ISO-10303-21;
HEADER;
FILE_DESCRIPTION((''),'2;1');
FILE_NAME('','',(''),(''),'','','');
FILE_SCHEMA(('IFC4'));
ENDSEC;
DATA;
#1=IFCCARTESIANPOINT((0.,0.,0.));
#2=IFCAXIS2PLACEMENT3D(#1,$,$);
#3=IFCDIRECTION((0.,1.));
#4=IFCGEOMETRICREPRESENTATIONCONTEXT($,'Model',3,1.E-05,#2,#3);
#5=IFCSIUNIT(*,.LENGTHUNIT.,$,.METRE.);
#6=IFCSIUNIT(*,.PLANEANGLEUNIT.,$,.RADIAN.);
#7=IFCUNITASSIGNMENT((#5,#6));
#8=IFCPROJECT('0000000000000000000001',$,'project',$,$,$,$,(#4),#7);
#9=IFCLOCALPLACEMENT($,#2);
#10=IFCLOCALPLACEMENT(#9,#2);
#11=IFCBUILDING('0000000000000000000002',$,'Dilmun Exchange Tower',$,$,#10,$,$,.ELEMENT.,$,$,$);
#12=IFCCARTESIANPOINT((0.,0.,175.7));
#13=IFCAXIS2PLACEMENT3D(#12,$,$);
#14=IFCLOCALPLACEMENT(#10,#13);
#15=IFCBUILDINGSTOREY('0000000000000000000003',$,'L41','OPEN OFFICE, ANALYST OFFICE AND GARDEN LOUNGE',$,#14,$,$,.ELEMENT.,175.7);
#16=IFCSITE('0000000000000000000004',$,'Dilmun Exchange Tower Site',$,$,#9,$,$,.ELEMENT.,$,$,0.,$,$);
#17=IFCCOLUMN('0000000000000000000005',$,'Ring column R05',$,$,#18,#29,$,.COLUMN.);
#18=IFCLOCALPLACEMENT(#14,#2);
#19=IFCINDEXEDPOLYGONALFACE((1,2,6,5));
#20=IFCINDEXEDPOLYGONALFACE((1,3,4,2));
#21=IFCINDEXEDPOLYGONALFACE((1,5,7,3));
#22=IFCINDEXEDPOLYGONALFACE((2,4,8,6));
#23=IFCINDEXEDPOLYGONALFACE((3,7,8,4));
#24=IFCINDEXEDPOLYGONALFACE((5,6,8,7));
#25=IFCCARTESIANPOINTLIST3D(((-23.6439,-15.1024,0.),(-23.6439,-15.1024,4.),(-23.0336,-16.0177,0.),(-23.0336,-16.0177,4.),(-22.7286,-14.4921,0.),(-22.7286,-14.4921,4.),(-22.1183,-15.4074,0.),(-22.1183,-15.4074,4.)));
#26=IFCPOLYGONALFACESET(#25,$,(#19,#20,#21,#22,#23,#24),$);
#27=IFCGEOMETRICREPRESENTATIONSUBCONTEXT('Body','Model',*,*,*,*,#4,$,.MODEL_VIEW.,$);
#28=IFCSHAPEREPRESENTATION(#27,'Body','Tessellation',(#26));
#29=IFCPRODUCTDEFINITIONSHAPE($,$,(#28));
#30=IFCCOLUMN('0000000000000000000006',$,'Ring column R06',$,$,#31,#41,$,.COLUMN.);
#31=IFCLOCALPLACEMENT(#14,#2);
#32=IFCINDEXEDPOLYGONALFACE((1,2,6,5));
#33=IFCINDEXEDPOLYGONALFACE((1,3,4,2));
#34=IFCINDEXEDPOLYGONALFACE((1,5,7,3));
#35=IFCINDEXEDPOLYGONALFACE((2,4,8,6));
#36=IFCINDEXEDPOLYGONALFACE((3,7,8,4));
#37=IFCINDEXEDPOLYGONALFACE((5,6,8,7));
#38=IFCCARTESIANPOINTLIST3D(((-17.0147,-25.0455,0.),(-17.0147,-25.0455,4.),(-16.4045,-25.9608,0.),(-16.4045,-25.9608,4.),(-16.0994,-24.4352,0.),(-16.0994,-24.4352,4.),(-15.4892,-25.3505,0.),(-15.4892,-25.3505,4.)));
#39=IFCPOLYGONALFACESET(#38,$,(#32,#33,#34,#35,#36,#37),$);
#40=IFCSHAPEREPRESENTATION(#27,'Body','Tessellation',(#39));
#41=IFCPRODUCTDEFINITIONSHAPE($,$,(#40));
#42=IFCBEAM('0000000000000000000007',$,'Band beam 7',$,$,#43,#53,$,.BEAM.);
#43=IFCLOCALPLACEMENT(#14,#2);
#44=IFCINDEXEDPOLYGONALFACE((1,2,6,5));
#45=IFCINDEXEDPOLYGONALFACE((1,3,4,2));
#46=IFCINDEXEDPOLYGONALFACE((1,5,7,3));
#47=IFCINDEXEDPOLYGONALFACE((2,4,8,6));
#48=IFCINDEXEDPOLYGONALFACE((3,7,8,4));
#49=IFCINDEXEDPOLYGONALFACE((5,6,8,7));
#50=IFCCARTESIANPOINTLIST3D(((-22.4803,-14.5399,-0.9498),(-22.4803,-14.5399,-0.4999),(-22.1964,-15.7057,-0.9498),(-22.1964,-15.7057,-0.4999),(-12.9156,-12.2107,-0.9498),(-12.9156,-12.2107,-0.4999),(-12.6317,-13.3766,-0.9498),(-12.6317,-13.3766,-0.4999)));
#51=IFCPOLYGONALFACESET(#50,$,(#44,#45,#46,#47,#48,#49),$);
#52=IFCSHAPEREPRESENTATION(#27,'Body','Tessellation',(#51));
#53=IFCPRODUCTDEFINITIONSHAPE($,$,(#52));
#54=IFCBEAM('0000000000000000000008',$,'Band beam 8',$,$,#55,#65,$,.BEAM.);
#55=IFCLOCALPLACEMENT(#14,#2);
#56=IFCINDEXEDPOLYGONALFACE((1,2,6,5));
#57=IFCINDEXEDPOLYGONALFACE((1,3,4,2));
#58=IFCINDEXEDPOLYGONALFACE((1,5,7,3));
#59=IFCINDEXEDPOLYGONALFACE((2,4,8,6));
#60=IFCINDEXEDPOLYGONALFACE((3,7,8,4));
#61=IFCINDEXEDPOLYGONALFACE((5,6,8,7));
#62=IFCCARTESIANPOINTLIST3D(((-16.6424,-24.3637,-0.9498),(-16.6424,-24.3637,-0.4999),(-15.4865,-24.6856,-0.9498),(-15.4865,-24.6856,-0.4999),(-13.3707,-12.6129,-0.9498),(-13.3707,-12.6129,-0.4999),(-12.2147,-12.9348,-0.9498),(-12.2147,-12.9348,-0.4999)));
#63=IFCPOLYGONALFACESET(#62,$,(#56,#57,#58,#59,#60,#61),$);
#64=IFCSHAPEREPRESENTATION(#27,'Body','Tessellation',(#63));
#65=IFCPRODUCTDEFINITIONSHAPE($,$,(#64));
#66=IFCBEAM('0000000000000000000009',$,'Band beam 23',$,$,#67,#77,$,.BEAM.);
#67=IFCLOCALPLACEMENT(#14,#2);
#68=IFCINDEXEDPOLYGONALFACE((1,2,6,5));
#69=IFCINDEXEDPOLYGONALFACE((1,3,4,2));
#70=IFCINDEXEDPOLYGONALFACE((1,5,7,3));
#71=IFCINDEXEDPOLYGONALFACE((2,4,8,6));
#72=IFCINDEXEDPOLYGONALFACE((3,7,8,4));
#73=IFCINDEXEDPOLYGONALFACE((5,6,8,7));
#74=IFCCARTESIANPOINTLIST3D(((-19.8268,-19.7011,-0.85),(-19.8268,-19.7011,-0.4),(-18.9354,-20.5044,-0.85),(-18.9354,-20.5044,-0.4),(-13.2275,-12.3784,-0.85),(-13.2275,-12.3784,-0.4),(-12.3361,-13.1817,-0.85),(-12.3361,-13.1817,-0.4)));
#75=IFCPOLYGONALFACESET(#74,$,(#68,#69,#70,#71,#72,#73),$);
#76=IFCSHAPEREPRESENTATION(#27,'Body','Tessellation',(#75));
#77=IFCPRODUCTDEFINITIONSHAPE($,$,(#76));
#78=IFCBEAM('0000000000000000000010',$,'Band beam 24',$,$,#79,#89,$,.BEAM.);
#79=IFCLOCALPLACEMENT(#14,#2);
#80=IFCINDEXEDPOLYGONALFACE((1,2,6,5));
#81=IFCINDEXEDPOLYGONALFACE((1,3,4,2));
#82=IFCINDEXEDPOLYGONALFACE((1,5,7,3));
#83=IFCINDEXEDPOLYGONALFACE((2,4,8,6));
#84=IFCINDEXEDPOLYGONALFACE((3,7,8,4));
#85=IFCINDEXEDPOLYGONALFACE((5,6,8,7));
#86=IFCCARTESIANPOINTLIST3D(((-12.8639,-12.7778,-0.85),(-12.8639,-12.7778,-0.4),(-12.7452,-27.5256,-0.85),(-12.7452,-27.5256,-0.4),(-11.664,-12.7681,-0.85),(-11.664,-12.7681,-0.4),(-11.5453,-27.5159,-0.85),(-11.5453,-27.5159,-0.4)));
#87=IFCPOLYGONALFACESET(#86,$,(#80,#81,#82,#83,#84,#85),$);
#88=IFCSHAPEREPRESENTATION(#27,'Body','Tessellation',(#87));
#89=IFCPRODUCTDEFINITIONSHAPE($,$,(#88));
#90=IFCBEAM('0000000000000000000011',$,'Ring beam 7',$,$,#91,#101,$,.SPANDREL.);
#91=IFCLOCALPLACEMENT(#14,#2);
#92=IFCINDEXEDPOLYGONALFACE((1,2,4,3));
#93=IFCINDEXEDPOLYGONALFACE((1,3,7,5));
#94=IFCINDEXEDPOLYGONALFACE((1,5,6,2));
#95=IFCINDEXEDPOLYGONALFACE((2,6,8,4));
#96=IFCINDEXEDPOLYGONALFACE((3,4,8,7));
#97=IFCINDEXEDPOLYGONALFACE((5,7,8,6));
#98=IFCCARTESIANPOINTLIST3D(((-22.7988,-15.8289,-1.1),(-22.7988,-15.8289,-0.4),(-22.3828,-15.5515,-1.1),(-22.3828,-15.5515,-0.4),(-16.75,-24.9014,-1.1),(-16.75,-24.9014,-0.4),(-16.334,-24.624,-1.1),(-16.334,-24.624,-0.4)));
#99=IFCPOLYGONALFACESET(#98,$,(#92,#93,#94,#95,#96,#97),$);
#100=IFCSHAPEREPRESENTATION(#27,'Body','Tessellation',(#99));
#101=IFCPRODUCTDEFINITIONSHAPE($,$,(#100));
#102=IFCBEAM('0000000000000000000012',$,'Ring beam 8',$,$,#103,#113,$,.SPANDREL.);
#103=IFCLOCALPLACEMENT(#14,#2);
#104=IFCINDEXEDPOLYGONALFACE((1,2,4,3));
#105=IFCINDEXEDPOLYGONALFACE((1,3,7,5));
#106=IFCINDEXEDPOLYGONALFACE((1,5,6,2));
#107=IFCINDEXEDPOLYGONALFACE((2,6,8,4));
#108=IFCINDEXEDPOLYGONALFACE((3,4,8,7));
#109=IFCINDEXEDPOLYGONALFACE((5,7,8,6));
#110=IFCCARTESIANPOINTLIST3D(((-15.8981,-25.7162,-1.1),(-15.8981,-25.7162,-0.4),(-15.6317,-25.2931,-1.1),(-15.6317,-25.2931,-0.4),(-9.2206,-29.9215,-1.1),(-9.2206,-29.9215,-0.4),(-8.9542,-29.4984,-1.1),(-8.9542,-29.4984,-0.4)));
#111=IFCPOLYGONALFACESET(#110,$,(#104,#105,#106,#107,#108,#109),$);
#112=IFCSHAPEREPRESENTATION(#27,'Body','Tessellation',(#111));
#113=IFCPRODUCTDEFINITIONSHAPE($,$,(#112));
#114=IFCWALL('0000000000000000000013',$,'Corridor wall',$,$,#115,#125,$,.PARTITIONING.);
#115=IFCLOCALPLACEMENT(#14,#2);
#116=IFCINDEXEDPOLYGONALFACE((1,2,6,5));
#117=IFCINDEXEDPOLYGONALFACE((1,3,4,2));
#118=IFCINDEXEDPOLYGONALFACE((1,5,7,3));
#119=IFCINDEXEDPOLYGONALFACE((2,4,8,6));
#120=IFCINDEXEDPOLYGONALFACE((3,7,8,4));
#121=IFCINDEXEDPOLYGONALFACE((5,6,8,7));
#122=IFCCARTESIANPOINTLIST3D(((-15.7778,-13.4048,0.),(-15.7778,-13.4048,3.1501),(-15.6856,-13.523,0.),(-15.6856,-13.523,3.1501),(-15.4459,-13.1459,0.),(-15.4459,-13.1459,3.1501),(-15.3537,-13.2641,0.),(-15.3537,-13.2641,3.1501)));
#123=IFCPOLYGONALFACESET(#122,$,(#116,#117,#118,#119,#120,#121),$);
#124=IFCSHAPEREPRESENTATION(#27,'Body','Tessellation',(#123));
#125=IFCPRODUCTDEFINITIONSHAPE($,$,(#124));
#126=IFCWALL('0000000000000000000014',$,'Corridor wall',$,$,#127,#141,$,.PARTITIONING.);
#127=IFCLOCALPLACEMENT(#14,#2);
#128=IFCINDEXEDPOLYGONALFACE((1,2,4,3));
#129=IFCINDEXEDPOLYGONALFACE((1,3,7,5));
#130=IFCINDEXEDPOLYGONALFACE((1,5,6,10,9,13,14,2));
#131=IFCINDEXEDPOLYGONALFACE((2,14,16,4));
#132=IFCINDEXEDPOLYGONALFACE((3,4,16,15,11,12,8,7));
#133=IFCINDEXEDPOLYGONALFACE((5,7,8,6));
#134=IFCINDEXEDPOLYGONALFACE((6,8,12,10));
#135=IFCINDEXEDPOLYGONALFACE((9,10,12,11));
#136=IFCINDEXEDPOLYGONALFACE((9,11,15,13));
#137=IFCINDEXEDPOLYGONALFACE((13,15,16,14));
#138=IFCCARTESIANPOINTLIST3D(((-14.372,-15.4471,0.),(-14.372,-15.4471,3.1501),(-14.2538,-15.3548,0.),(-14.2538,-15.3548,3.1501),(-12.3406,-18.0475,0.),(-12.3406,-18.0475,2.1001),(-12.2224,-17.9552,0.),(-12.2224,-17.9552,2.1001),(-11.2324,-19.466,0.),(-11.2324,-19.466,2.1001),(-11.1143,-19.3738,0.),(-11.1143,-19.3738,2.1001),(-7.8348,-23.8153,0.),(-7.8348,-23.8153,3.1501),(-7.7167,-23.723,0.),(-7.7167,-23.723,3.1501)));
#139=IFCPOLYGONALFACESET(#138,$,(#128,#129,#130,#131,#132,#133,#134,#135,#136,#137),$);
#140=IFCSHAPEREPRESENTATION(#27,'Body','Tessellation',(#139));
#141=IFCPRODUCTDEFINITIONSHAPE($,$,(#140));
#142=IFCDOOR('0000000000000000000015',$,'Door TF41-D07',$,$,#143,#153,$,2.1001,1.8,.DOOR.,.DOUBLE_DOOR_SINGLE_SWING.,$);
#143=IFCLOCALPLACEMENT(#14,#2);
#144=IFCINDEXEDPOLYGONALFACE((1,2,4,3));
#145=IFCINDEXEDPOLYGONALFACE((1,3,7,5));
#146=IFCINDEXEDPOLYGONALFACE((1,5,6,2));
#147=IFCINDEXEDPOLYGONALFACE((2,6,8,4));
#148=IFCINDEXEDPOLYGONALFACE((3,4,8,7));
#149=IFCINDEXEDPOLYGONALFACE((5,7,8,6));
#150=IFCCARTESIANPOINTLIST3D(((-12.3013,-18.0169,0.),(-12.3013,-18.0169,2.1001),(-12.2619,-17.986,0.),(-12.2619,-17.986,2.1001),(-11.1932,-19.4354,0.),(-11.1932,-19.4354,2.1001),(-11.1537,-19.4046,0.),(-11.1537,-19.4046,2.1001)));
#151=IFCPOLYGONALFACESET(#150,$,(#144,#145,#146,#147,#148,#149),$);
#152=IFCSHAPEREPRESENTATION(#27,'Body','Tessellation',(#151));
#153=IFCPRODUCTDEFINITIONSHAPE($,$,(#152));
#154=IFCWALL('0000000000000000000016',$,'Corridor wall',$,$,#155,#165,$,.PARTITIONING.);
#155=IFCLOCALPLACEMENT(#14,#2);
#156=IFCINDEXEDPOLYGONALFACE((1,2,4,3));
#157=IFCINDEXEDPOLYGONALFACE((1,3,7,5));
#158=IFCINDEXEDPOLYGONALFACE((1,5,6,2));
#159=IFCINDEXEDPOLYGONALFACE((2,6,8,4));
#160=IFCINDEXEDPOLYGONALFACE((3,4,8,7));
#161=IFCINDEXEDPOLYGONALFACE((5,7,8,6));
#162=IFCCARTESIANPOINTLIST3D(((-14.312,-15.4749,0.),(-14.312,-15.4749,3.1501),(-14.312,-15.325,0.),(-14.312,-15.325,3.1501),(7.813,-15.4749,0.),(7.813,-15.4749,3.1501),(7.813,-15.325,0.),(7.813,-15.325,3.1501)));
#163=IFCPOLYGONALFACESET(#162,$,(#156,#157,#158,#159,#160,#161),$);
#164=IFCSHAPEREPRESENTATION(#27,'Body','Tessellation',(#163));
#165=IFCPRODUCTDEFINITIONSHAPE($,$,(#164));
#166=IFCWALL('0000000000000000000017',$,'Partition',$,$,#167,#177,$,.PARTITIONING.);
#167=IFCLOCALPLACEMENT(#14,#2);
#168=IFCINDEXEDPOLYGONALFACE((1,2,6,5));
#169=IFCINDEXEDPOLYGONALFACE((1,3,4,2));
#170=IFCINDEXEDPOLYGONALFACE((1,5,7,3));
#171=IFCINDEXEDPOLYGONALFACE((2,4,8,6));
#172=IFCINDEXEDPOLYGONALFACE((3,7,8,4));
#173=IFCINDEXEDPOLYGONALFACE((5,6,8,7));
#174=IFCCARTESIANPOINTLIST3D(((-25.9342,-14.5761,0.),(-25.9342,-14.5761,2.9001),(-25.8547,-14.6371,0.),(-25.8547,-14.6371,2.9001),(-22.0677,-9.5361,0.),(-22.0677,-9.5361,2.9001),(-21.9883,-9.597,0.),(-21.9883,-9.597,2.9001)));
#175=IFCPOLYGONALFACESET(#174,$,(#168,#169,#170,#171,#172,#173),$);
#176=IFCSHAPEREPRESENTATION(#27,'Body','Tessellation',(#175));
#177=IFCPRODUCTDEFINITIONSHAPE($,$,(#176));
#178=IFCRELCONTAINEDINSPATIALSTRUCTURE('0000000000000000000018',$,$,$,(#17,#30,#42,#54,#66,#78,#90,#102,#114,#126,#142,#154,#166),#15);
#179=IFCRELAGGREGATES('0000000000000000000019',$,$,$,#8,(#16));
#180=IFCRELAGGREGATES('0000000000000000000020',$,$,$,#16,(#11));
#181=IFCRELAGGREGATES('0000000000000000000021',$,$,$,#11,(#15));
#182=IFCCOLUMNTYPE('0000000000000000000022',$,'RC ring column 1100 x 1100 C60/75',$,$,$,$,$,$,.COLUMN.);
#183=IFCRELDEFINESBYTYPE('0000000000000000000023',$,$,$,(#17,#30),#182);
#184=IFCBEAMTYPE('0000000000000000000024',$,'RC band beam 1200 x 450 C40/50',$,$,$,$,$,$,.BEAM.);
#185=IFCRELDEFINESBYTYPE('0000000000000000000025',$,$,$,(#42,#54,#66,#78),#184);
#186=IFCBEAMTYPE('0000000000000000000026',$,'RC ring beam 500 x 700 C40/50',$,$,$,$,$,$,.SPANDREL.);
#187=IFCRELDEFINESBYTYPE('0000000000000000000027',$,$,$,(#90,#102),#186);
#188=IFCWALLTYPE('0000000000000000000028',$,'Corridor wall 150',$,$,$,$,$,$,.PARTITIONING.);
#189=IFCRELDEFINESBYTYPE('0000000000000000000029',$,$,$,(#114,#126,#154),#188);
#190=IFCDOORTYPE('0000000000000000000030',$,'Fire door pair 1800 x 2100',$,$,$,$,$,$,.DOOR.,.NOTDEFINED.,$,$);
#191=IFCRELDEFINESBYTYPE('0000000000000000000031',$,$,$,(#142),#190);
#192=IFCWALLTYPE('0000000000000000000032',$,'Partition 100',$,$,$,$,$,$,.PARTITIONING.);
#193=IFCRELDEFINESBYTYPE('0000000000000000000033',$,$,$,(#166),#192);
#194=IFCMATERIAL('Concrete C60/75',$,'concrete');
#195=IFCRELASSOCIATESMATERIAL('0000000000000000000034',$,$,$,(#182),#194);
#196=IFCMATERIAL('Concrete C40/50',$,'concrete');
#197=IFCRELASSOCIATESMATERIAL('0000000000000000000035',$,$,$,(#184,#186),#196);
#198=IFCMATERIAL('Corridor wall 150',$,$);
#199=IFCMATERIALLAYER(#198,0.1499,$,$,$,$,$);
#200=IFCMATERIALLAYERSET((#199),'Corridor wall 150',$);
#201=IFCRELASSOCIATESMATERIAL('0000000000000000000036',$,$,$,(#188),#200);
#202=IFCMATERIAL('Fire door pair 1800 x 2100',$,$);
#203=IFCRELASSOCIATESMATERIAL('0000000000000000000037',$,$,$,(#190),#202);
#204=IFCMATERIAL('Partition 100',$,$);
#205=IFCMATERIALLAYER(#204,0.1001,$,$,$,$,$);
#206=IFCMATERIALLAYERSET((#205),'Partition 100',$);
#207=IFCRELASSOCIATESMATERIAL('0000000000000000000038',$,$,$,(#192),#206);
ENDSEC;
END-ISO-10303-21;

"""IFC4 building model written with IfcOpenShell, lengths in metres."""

from ifc_helpers import new_model, si_unit, direction, frame, frame_2d, origin, origin_2d, place, context, subcontext, project, spatial, rectangle, extrude, material, layer, layer_set, material_profile, profile_set, type_object, element, fill, save


model = new_model("IFC4")

# Units and contexts
model_context = context("Model", 3, precision=1e-05, world=origin(), true_north=direction((0.0, 1.0)))
body_context = subcontext(model_context, "Body", "Model", "MODEL_VIEW")
ifc_project = project(units=[si_unit("LENGTHUNIT", "METRE"), si_unit("PLANEANGLEUNIT", "RADIAN")], contexts=[model_context])

# Site, building, storey
site_placement = place(None, origin())
site = spatial("IfcSite", under=ifc_project, at=site_placement, Name="Dilmun Exchange Tower Site", CompositionType="ELEMENT", RefElevation=0.0)
building_placement = place(site_placement, origin())
building = spatial("IfcBuilding", under=site, at=building_placement, Name="Dilmun Exchange Tower", CompositionType="ELEMENT")
storey_placement = place(building_placement, frame((0.0, 0.0, 175.7)))
storey = spatial("IfcBuildingStorey", under=building, at=storey_placement, Name="L41", Description="OPEN OFFICE, ANALYST OFFICE AND GARDEN LOUNGE", CompositionType="ELEMENT", Elevation=175.7)

# Columns
ifc_material_1 = material(Name="Concrete C60/75", Category="concrete")
ifc_material_profile_1 = material_profile(ifc_material_1, rectangle(XDim=1.1001, YDim=1.1001, at=origin_2d()), Name="1100 x 1100")
ifc_profile_set_1 = profile_set([ifc_material_profile_1], Name="Concrete C60/75")
column_type = type_object("IfcColumnType", Name="RC ring column 1100 x 1100 C60/75", PredefinedType="COLUMN", material=ifc_profile_set_1)
for number, where, z_axis, x_axis, name in (
    (1, (-22.8811, -15.2549, 0.0), (0.0, 0.0, 1.0), (0.832029, 0.554733, 0.0), "Ring column R05"),
    (2, (-16.252, -25.198, 0.0), (0.0, 0.0, 1.0), (0.832029, 0.554733, 0.0), "Ring column R06"),
):
    element("IfcColumn", number, at=place(storey_placement, frame(where, z_axis=z_axis, x_axis=x_axis)), inside=storey, type_object=column_type, Name=name, PredefinedType="COLUMN", context=body_context, shape_type="SweptSolid", body=[
        extrude(rectangle(XDim=1.1001, YDim=1.1001, at=origin_2d()), origin(), (0.0, 0.0, 1.0), 4.0),
    ])

# Beams
ifc_material_2 = material(Name="Concrete C40/50", Category="concrete")
ifc_material_profile_2 = material_profile(ifc_material_2, rectangle(XDim=1.2, YDim=0.45, at=origin_2d()), Name="1200 x 450")
ifc_profile_set_2 = profile_set([ifc_material_profile_2], Name="Concrete C40/50")
beam_type_1 = type_object("IfcBeamType", Name="RC band beam 1200 x 450 C40/50", PredefinedType="BEAM", material=ifc_profile_set_2)
beam_1_placement = place(storey_placement, frame((-22.3384, -15.1228, -0.7249), z_axis=(0.971608, 0.236596, 0.0), x_axis=(-0.236596, 0.971608, 0.0)))
element("IfcBeam", 3, at=beam_1_placement, inside=storey, type_object=beam_type_1, Name="Band beam 7", PredefinedType="BEAM", context=body_context, shape_type="SweptSolid", body=[
    extrude(rectangle(XDim=1.2, YDim=0.45, at=origin_2d()), origin(), (0.0, 0.0, 1.0), 9.8442),
])
beam_2_placement = place(storey_placement, frame((-16.0645, -24.5247, -0.7249), z_axis=(0.268225, 0.963356, 0.0), x_axis=(-0.963356, 0.268225, 0.0)))
element("IfcBeam", 4, at=beam_2_placement, inside=storey, type_object=beam_type_1, Name="Band beam 8", PredefinedType="BEAM", context=body_context, shape_type="SweptSolid", body=[
    extrude(rectangle(XDim=1.2, YDim=0.45, at=origin_2d()), origin(), (0.0, 0.0, 1.0), 12.1978),
])
beam_3_placement = place(storey_placement, frame((-19.3811, -20.1028, -0.625), z_axis=(0.669463, 0.742846, 0.0), x_axis=(-0.742846, 0.669463, 0.0)))
element("IfcBeam", 5, at=beam_3_placement, inside=storey, type_object=beam_type_1, Name="Band beam 23", PredefinedType="BEAM", context=body_context, shape_type="SweptSolid", body=[
    extrude(rectangle(XDim=1.2, YDim=0.45, at=origin_2d()), origin(), (0.0, 0.0, 1.0), 9.8577),
])
beam_4_placement = place(storey_placement, frame((-12.1453, -27.5208, -0.625), z_axis=(-0.008045, 0.999968, 0.0), x_axis=(-0.999968, -0.008045, 0.0)))
element("IfcBeam", 6, at=beam_4_placement, inside=storey, type_object=beam_type_1, Name="Band beam 24", PredefinedType="BEAM", context=body_context, shape_type="SweptSolid", body=[
    extrude(rectangle(XDim=1.2, YDim=0.45, at=origin_2d()), origin(), (0.0, 0.0, 1.0), 14.7483),
])
ifc_material_profile_3 = material_profile(ifc_material_2, rectangle(XDim=0.5, YDim=0.7, at=origin_2d()), Name="500 x 700")
ifc_profile_set_3 = profile_set([ifc_material_profile_3], Name="Concrete C40/50")
beam_type_2 = type_object("IfcBeamType", Name="RC ring beam 500 x 700 C40/50", PredefinedType="SPANDREL", material=ifc_profile_set_3)
beam_5_placement = place(storey_placement, frame((-22.5908, -15.6902, -0.75), z_axis=(0.554731, -0.83203, 0.0), x_axis=(0.83203, 0.554731, 0.0)))
element("IfcBeam", 7, at=beam_5_placement, inside=storey, type_object=beam_type_2, Name="Ring beam 7", PredefinedType="SPANDREL", context=body_context, shape_type="SweptSolid", body=[
    extrude(rectangle(XDim=0.5, YDim=0.7, at=origin_2d()), origin(), (0.0, 0.0, 1.0), 10.9041),
])
beam_6_placement = place(storey_placement, frame((-15.7649, -25.5046, -0.75), z_axis=(0.846177, -0.532902, 0.0), x_axis=(0.532902, 0.846177, 0.0)))
element("IfcBeam", 8, at=beam_6_placement, inside=storey, type_object=beam_type_2, Name="Ring beam 8", PredefinedType="SPANDREL", context=body_context, shape_type="SweptSolid", body=[
    extrude(rectangle(XDim=0.5, YDim=0.7, at=origin_2d()), origin(), (0.0, 0.0, 1.0), 7.8914),
])

# Wall
ifc_material_3 = material(Name="Corridor wall 150")
ifc_layer_1 = layer(ifc_material_3, 0.1499)
ifc_layer_set_1 = layer_set([ifc_layer_1], Name="Corridor wall 150")
wall_type_1 = type_object("IfcWallType", Name="Corridor wall 150", PredefinedType="PARTITIONING", material=ifc_layer_set_1)
wall_1_placement = place(storey_placement, frame((-15.7317, -13.4639, 0.0), z_axis=(0.0, 0.0, 1.0), x_axis=(0.788508, 0.615025, 0.0)))
element("IfcWall", 9, at=wall_1_placement, inside=storey, type_object=wall_type_1, Name="Corridor wall", PredefinedType="PARTITIONING", context=body_context, shape_type="SweptSolid", body=[
    extrude(rectangle(XDim=0.4209, YDim=0.1499, at=frame_2d((0.2104, 0.0))), origin(), (0.0, 0.0, 1.0), 3.1501),
])

# Wall, opening, door
wall_2_placement = place(storey_placement, frame((-14.313, -15.4009, 0.0), z_axis=(0.0, 0.0, 1.0), x_axis=(0.615614, -0.788048, 0.0)))
wall_2 = element("IfcWall", 10, at=wall_2_placement, inside=storey, type_object=wall_type_1, Name="Corridor wall", PredefinedType="PARTITIONING", context=body_context, shape_type="SweptSolid", body=[
    extrude(rectangle(XDim=10.6189, YDim=0.1499, at=frame_2d((5.3096, 0.0))), origin(), (0.0, 0.0, 1.0), 3.1501),
])
opening_placement = place(wall_2_placement, frame((3.3, 0.0, 0.0)))
opening = element("IfcOpeningElement", 11, at=opening_placement, cuts=wall_2, PredefinedType="OPENING", context=body_context, shape_type="SweptSolid", body=[
    extrude(rectangle(XDim=1.8, YDim=2.1001, at=frame_2d((0.8999, 1.05))), frame((0.0, 0.085, 0.0), z_axis=(0.0, -1.0, 0.0), x_axis=(1.0, 0.0, 0.0)), (0.0, 0.0, 1.0), 0.1699),
])
ifc_material_4 = material(Name="Fire door pair 1800 x 2100")
door_type = type_object("IfcDoorType", Name="Fire door pair 1800 x 2100", OperationType="NOTDEFINED", PredefinedType="DOOR", material=ifc_material_4)
door_placement = place(opening_placement, origin())
door = element("IfcDoor", 12, at=door_placement, inside=storey, type_object=door_type, Name="Door TF41-D07", OperationType="DOUBLE_DOOR_SINGLE_SWING", OverallHeight=2.1001, OverallWidth=1.8, PredefinedType="DOOR", context=body_context, shape_type="SweptSolid", body=[
    extrude(rectangle(XDim=1.8, YDim=2.1001, at=frame_2d((0.8999, 1.05))), frame((0.0, 0.0249, 0.0), z_axis=(0.0, -1.0, 0.0), x_axis=(1.0, 0.0, 0.0)), (0.0, 0.0, 1.0), 0.05),
])
fill(opening, door)

# Walls
wall_3_placement = place(storey_placement, frame((-14.312, -15.3999, 0.0), z_axis=(0.0, 0.0, 1.0), x_axis=(1.0, 0.0, 0.0)))
element("IfcWall", 13, at=wall_3_placement, inside=storey, type_object=wall_type_1, Name="Corridor wall", PredefinedType="PARTITIONING", context=body_context, shape_type="SweptSolid", body=[
    extrude(rectangle(XDim=22.125, YDim=0.1499, at=frame_2d((11.0625, 0.0))), origin(), (0.0, 0.0, 1.0), 3.1501),
])
ifc_material_5 = material(Name="Partition 100")
ifc_layer_2 = layer(ifc_material_5, 0.1001)
ifc_layer_set_2 = layer_set([ifc_layer_2], Name="Partition 100")
wall_type_2 = type_object("IfcWallType", Name="Partition 100", PredefinedType="PARTITIONING", material=ifc_layer_set_2)
wall_4_placement = place(storey_placement, frame((-25.8945, -14.6067, 0.0), z_axis=(0.0, 0.0, 1.0), x_axis=(0.608672, 0.793422, 0.0)))
element("IfcWall", 14, at=wall_4_placement, inside=storey, type_object=wall_type_2, Name="Partition", PredefinedType="PARTITIONING", context=body_context, shape_type="SweptSolid", body=[
    extrude(rectangle(XDim=6.3523, YDim=0.1001, at=frame_2d((3.1763, 0.0))), origin(), (0.0, 0.0, 1.0), 2.9001),
])

save(model, "model.ifc")
